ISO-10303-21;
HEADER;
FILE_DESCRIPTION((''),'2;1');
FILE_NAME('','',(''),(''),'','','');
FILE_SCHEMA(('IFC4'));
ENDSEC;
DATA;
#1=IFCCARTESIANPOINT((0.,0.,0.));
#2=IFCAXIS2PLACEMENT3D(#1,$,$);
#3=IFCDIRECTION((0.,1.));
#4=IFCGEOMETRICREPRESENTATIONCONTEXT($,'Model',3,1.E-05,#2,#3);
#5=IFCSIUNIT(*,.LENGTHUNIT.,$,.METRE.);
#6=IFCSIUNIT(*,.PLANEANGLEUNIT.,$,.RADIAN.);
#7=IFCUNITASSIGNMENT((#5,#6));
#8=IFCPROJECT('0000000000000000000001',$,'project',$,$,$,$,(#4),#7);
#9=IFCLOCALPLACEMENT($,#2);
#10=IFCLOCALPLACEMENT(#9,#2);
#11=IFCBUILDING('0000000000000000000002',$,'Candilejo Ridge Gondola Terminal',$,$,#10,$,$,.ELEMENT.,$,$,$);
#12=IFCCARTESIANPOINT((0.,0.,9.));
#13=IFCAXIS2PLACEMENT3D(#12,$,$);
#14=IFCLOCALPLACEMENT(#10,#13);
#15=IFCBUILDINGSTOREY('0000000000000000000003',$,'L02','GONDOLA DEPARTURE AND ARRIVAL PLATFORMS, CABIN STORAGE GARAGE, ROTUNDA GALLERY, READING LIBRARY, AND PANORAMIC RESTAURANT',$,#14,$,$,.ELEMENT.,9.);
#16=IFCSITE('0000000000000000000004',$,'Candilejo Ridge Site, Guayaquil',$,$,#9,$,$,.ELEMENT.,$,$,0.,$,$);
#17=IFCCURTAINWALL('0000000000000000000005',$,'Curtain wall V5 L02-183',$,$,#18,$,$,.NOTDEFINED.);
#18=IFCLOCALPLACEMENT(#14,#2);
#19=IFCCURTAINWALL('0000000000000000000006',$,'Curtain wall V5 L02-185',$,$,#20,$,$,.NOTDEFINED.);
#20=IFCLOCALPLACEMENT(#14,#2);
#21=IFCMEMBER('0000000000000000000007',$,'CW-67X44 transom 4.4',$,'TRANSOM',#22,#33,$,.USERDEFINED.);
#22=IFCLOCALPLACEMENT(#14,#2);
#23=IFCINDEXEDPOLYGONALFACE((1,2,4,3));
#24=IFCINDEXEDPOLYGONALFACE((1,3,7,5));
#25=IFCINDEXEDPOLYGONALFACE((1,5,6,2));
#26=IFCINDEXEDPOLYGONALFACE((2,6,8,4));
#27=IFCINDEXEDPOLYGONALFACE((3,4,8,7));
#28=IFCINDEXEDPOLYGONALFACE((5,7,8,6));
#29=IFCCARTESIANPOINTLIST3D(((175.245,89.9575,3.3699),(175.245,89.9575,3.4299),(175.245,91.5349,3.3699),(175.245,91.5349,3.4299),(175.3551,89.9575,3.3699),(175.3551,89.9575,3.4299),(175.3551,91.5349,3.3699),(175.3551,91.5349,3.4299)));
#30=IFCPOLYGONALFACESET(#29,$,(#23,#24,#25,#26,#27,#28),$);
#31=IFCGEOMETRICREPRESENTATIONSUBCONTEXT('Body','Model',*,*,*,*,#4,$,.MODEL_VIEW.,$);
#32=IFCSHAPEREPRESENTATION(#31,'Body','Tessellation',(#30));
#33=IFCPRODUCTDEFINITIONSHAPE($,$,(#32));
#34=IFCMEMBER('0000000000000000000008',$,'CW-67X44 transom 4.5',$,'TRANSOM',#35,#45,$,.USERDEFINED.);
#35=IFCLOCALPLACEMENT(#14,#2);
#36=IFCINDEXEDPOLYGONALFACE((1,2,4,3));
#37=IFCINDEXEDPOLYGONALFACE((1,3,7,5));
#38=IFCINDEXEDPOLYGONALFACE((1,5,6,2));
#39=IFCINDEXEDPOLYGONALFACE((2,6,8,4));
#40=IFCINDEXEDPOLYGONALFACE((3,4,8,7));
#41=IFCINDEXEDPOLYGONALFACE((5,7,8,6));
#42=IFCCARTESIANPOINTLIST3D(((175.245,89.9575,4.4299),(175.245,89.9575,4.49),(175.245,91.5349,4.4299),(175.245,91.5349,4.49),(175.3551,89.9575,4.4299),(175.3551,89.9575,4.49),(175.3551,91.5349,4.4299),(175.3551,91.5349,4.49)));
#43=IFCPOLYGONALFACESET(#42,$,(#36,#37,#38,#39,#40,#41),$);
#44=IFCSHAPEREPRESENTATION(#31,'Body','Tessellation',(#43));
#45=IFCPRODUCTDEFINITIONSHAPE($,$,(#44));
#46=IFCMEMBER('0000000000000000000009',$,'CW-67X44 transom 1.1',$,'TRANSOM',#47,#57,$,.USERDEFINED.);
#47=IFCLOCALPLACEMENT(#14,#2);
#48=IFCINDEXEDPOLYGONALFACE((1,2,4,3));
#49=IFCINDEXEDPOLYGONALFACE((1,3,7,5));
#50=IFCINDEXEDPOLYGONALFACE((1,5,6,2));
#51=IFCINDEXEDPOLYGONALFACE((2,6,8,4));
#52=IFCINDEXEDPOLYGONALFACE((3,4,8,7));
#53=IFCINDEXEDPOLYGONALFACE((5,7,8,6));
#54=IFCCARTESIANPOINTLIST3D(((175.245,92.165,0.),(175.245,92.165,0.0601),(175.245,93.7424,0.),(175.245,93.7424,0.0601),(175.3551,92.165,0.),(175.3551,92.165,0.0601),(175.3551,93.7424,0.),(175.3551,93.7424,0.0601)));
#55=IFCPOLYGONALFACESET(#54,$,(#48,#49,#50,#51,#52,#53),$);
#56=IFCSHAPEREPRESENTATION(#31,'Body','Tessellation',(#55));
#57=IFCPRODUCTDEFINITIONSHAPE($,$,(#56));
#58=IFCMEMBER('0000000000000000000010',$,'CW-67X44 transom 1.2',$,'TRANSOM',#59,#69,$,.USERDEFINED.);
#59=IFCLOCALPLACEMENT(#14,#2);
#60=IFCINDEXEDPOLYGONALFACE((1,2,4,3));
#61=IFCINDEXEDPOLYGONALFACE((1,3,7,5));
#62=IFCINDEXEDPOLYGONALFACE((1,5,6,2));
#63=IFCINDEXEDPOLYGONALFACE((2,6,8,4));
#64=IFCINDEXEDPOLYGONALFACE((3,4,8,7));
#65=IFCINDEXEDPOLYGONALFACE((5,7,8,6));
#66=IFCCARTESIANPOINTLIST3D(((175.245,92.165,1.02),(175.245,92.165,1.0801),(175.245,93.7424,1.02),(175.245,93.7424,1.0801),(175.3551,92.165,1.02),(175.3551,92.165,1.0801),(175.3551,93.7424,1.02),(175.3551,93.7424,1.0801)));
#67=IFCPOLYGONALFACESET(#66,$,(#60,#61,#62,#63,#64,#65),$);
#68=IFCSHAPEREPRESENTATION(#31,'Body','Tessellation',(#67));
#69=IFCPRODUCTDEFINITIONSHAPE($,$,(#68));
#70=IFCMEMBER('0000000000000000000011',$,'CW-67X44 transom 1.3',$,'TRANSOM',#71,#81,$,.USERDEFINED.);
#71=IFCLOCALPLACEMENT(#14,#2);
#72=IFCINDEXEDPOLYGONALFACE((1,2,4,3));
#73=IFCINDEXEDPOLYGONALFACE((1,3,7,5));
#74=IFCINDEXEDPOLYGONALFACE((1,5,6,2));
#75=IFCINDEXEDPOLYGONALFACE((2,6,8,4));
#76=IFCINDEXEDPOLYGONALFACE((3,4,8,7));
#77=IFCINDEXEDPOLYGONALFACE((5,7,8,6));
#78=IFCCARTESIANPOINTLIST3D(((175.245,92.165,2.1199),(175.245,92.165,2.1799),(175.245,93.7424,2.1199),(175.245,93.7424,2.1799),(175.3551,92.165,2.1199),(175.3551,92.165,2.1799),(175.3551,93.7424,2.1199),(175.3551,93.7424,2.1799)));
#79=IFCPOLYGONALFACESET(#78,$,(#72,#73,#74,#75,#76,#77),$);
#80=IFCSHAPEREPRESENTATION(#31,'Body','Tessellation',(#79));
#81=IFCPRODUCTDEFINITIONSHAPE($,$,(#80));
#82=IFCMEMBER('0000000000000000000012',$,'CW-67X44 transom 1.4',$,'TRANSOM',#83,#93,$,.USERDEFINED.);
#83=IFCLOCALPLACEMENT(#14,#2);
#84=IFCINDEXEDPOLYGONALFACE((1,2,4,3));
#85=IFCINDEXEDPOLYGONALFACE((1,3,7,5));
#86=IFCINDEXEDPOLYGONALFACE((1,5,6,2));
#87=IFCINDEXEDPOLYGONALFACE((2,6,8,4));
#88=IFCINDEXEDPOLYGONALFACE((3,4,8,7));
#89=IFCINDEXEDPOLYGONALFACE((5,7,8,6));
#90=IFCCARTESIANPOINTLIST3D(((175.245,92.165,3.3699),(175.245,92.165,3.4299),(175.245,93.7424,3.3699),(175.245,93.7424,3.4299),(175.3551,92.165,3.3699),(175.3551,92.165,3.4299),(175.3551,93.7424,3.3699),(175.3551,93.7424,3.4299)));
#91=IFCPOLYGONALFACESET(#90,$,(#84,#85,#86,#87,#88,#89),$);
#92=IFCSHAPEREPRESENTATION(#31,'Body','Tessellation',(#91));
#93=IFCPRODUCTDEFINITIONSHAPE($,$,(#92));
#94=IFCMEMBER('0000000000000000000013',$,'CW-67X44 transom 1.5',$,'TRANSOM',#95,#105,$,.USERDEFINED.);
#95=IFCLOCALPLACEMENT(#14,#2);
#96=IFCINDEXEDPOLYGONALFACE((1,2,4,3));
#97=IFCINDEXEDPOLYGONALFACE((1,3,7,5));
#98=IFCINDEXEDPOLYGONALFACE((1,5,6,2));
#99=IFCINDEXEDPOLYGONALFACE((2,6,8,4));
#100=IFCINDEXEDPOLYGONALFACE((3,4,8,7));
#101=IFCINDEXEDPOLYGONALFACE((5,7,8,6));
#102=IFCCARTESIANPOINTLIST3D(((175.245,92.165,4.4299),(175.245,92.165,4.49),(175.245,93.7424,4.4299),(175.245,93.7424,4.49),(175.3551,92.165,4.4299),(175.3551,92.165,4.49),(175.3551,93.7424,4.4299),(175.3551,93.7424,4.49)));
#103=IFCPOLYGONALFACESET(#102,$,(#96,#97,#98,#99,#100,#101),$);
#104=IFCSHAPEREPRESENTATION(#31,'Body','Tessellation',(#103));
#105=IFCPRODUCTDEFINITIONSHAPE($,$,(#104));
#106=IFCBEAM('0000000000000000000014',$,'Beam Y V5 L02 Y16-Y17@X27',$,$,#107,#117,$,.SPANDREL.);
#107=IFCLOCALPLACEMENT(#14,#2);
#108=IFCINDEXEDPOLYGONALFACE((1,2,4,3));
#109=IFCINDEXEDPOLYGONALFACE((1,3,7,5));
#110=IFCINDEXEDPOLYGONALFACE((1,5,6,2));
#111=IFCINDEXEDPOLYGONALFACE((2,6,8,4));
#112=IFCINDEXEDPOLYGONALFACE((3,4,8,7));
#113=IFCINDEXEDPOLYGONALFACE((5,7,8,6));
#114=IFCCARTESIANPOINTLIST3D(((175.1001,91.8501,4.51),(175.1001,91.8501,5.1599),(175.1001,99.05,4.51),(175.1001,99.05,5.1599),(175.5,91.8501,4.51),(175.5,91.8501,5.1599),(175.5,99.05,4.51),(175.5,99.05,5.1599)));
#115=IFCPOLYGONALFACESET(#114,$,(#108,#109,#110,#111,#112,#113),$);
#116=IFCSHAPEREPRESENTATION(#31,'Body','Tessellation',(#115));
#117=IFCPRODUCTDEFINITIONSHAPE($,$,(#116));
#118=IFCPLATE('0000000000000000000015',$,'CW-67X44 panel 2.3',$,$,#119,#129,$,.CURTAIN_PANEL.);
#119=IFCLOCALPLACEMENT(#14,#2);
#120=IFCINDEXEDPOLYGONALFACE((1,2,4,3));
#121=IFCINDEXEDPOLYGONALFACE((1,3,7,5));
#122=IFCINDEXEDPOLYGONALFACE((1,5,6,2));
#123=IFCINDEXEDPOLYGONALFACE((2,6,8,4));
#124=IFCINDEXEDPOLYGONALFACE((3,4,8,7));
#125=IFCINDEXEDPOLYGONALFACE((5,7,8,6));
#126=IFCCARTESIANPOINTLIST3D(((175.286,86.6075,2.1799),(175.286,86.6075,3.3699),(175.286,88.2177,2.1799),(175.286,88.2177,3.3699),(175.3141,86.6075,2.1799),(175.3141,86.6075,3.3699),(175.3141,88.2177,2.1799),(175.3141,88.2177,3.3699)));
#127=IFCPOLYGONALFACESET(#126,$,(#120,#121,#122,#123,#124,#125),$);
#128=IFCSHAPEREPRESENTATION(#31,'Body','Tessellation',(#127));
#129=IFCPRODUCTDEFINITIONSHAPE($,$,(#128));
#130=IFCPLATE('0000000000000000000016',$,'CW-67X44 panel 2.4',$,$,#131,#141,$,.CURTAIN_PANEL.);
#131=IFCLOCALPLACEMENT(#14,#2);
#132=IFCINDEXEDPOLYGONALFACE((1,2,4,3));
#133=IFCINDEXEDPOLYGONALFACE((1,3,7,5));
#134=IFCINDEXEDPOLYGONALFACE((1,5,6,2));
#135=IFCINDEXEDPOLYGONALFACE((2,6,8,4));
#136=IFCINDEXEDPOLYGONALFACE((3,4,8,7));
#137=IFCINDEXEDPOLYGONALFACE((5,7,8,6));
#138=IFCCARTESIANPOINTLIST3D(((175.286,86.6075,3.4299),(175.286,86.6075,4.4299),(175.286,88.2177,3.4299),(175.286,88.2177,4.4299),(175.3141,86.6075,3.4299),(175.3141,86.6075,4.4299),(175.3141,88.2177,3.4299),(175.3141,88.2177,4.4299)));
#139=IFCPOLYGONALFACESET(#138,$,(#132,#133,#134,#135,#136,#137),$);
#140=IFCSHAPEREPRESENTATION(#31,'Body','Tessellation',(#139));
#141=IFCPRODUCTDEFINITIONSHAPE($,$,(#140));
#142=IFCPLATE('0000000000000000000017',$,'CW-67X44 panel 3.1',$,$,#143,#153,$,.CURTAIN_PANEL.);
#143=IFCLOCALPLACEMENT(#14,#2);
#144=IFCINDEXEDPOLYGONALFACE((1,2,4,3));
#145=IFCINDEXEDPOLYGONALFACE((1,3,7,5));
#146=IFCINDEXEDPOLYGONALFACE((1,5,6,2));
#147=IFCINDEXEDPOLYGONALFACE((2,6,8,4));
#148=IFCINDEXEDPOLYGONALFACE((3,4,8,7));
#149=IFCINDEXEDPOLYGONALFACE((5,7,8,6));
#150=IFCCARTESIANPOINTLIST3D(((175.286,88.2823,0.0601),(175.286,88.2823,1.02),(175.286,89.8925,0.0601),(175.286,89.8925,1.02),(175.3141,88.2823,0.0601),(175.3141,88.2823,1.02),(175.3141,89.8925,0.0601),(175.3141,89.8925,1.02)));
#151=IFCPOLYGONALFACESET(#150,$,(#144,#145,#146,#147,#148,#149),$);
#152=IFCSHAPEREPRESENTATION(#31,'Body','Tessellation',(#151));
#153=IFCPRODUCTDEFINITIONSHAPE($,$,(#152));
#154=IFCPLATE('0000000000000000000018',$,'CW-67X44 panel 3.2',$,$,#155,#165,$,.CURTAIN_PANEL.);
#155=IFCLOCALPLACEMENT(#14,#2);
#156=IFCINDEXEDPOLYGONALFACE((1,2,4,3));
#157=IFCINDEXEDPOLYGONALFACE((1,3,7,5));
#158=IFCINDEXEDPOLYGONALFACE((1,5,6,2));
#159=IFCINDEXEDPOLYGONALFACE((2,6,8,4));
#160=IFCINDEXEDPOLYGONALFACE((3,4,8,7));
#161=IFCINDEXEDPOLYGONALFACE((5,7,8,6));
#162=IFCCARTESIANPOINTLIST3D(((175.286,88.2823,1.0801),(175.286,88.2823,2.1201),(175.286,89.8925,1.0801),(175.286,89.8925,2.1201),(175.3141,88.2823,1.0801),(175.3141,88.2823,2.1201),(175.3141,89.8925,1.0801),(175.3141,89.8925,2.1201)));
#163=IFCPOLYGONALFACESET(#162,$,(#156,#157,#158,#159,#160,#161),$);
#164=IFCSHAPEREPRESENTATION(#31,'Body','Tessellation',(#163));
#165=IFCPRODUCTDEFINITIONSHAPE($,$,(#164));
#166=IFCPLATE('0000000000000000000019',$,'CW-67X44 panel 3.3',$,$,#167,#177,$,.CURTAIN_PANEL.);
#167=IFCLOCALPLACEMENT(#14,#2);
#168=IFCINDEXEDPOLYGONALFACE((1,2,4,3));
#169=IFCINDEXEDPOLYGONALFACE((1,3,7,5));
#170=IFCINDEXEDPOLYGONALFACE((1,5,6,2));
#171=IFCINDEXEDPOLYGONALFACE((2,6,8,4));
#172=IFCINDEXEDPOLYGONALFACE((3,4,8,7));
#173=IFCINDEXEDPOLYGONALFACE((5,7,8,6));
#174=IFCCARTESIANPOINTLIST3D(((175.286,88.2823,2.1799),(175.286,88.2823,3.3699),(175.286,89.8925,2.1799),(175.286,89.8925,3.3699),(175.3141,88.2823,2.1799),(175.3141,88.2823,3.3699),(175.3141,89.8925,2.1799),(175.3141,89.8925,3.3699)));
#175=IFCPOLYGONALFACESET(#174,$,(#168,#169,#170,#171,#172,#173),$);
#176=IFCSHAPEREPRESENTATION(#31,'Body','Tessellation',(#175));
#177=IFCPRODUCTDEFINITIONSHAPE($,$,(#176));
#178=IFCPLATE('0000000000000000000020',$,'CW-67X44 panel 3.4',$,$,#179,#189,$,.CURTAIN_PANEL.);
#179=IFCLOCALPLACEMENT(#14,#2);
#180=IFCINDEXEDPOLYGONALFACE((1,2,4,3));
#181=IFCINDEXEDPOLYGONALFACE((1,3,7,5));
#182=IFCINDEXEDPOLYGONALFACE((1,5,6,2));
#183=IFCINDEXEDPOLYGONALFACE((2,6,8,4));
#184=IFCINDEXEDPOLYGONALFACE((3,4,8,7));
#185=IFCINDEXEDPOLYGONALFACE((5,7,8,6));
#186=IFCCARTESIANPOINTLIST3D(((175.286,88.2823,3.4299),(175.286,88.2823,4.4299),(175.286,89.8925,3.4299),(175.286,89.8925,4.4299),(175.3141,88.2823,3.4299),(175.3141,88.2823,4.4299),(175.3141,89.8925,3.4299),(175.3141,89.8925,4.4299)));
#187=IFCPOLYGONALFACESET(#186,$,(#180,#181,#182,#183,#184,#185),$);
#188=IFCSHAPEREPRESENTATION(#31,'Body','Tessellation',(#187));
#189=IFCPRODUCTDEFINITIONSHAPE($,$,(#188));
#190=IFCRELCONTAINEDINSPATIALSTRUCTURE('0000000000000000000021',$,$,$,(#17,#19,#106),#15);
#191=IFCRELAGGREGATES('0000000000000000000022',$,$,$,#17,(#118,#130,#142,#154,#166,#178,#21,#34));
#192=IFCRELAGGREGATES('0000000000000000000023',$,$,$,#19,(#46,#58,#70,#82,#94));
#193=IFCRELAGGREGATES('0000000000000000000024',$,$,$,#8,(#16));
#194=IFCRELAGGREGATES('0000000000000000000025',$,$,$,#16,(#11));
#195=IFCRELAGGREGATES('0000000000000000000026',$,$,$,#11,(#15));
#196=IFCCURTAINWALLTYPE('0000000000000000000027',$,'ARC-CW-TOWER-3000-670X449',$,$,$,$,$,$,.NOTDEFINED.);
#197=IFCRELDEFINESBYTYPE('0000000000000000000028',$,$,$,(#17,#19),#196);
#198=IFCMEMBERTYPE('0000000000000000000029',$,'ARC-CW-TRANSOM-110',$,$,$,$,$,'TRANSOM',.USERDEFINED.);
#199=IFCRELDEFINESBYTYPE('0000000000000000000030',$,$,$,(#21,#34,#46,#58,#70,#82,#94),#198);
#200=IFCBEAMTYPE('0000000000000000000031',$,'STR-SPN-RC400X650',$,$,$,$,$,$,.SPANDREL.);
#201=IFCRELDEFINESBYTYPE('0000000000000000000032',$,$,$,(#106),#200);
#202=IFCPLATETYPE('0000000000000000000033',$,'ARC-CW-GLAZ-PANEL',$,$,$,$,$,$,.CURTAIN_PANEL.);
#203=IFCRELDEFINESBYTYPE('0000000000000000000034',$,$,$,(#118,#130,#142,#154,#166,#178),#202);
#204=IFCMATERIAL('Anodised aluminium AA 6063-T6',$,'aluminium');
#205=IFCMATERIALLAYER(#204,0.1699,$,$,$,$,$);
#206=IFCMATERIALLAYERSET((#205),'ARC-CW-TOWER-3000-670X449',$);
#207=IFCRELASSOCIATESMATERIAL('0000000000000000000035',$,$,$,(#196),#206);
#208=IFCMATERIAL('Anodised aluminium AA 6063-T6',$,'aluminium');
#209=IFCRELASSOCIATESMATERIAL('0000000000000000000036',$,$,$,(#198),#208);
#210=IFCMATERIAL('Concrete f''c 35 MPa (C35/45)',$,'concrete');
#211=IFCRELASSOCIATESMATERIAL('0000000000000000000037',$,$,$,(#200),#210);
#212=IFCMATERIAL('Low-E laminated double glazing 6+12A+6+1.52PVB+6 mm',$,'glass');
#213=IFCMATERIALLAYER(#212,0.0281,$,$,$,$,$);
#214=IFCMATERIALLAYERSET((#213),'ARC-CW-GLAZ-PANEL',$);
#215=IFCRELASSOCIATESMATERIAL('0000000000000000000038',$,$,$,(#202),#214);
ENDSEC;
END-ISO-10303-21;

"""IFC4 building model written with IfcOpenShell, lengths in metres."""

from ifc_helpers import new_model, si_unit, direction, frame, origin, origin_2d, place, context, subcontext, project, spatial, rectangle, extrude, material, layer, layer_set, material_profile, profile_set, type_object, element, aggregate, save


model = new_model("IFC4")

# Units and contexts
model_context = context("Model", 3, precision=1e-05, world=origin(), true_north=direction((0.0, 1.0)))
body_context = subcontext(model_context, "Body", "Model", "MODEL_VIEW")
ifc_project = project(units=[si_unit("LENGTHUNIT", "METRE"), si_unit("PLANEANGLEUNIT", "RADIAN")], contexts=[model_context])

# Site, building, storey
site_placement = place(None, origin())
site = spatial("IfcSite", under=ifc_project, at=site_placement, Name="Candilejo Ridge Site, Guayaquil", CompositionType="ELEMENT", RefElevation=0.0)
building_placement = place(site_placement, origin())
building = spatial("IfcBuilding", under=site, at=building_placement, Name="Candilejo Ridge Gondola Terminal", CompositionType="ELEMENT")
storey_placement = place(building_placement, frame((0.0, 0.0, 9.0)))
storey = spatial("IfcBuildingStorey", under=building, at=storey_placement, Name="L02", Description="GONDOLA DEPARTURE AND ARRIVAL PLATFORMS, CABIN STORAGE GARAGE, ROTUNDA GALLERY, READING LIBRARY, AND PANORAMIC RESTAURANT", CompositionType="ELEMENT", Elevation=9.0)

# Curtain walls
ifc_material_1 = material(Name="Anodised aluminium AA 6063-T6", Category="aluminium")
ifc_layer_1 = layer(ifc_material_1, 0.1699)
ifc_layer_set_1 = layer_set([ifc_layer_1], Name="ARC-CW-TOWER-3000-670X449")
curtain_wall_type = type_object("IfcCurtainWallType", Name="ARC-CW-TOWER-3000-670X449", PredefinedType="NOTDEFINED", material=ifc_layer_set_1)
curtain_wall_1_placement = place(storey_placement, origin())
curtain_wall_1 = element("IfcCurtainWall", 1, at=curtain_wall_1_placement, inside=storey, type_object=curtain_wall_type, Name="Curtain wall V5 L02-183", PredefinedType="NOTDEFINED")
curtain_wall_2_placement = place(storey_placement, origin())
curtain_wall_2 = element("IfcCurtainWall", 2, at=curtain_wall_2_placement, inside=storey, type_object=curtain_wall_type, Name="Curtain wall V5 L02-185", PredefinedType="NOTDEFINED")

# Members
ifc_material_2 = material(Name="Anodised aluminium AA 6063-T6", Category="aluminium")
ifc_material_profile_1 = material_profile(ifc_material_2, rectangle(XDim=0.1101, YDim=0.0601, at=origin_2d()))
ifc_profile_set_1 = profile_set([ifc_material_profile_1], Name="Anodised aluminium AA 6063-T6")
member_type_1 = type_object("IfcMemberType", Name="ARC-CW-TRANSOM-110", ElementType="TRANSOM", PredefinedType="USERDEFINED", material=ifc_profile_set_1)
member_1_placement = place(storey_placement, frame((175.3, 89.9575, 3.3999), z_axis=(0.0, 1.0, 0.0), x_axis=(-1.0, 0.0, 0.0)))
member_1 = element("IfcMember", 3, at=member_1_placement, type_object=member_type_1, Name="CW-67X44 transom 4.4", ObjectType="TRANSOM", PredefinedType="USERDEFINED", context=body_context, shape_type="SweptSolid", body=[
    extrude(rectangle(XDim=0.1101, YDim=0.0601, at=origin_2d()), origin(), (0.0, 0.0, 1.0), 1.5774),
])
member_2_placement = place(storey_placement, frame((175.3, 89.9575, 4.46), z_axis=(0.0, 1.0, 0.0), x_axis=(-1.0, 0.0, 0.0)))
member_2 = element("IfcMember", 4, at=member_2_placement, type_object=member_type_1, Name="CW-67X44 transom 4.5", ObjectType="TRANSOM", PredefinedType="USERDEFINED", context=body_context, shape_type="SweptSolid", body=[
    extrude(rectangle(XDim=0.1101, YDim=0.0601, at=origin_2d()), origin(), (0.0, 0.0, 1.0), 1.5774),
])
member_3_placement = place(storey_placement, frame((175.3, 92.165, 0.03), z_axis=(0.0, 1.0, 0.0), x_axis=(-1.0, 0.0, 0.0)))
member_3 = element("IfcMember", 5, at=member_3_placement, type_object=member_type_1, Name="CW-67X44 transom 1.1", ObjectType="TRANSOM", PredefinedType="USERDEFINED", context=body_context, shape_type="SweptSolid", body=[
    extrude(rectangle(XDim=0.1101, YDim=0.0601, at=origin_2d()), origin(), (0.0, 0.0, 1.0), 1.5774),
])
member_4_placement = place(storey_placement, frame((175.3, 92.165, 1.05), z_axis=(0.0, 1.0, 0.0), x_axis=(-1.0, 0.0, 0.0)))
member_4 = element("IfcMember", 6, at=member_4_placement, type_object=member_type_1, Name="CW-67X44 transom 1.2", ObjectType="TRANSOM", PredefinedType="USERDEFINED", context=body_context, shape_type="SweptSolid", body=[
    extrude(rectangle(XDim=0.1101, YDim=0.0601, at=origin_2d()), origin(), (0.0, 0.0, 1.0), 1.5774),
])
member_5_placement = place(storey_placement, frame((175.3, 92.165, 2.1499), z_axis=(0.0, 1.0, 0.0), x_axis=(-1.0, 0.0, 0.0)))
member_5 = element("IfcMember", 7, at=member_5_placement, type_object=member_type_1, Name="CW-67X44 transom 1.3", ObjectType="TRANSOM", PredefinedType="USERDEFINED", context=body_context, shape_type="SweptSolid", body=[
    extrude(rectangle(XDim=0.1101, YDim=0.0601, at=origin_2d()), origin(), (0.0, 0.0, 1.0), 1.5774),
])
member_6_placement = place(storey_placement, frame((175.3, 92.165, 3.3999), z_axis=(0.0, 1.0, 0.0), x_axis=(-1.0, 0.0, 0.0)))
member_6 = element("IfcMember", 8, at=member_6_placement, type_object=member_type_1, Name="CW-67X44 transom 1.4", ObjectType="TRANSOM", PredefinedType="USERDEFINED", context=body_context, shape_type="SweptSolid", body=[
    extrude(rectangle(XDim=0.1101, YDim=0.0601, at=origin_2d()), origin(), (0.0, 0.0, 1.0), 1.5774),
])
member_7_placement = place(storey_placement, frame((175.3, 92.165, 4.46), z_axis=(0.0, 1.0, 0.0), x_axis=(-1.0, 0.0, 0.0)))
member_7 = element("IfcMember", 9, at=member_7_placement, type_object=member_type_1, Name="CW-67X44 transom 1.5", ObjectType="TRANSOM", PredefinedType="USERDEFINED", context=body_context, shape_type="SweptSolid", body=[
    extrude(rectangle(XDim=0.1101, YDim=0.0601, at=origin_2d()), origin(), (0.0, 0.0, 1.0), 1.5774),
])

# Beam
ifc_material_3 = material(Name="Concrete f'c 35 MPa (C35/45)", Category="concrete")
ifc_material_profile_2 = material_profile(ifc_material_3, rectangle(XDim=0.3999, YDim=0.6499, at=origin_2d()))
ifc_profile_set_2 = profile_set([ifc_material_profile_2], Name="Concrete f'c 35 MPa (C35/45)")
beam_type = type_object("IfcBeamType", Name="STR-SPN-RC400X650", PredefinedType="SPANDREL", material=ifc_profile_set_2)
beam_placement = place(storey_placement, frame((175.3, 91.8501, 4.835), z_axis=(0.0, 1.0, 0.0), x_axis=(-1.0, 0.0, 0.0)))
element("IfcBeam", 10, at=beam_placement, inside=storey, type_object=beam_type, Name="Beam Y V5 L02 Y16-Y17@X27", PredefinedType="SPANDREL", context=body_context, shape_type="SweptSolid", body=[
    extrude(rectangle(XDim=0.3999, YDim=0.6499, at=origin_2d()), origin(), (0.0, 0.0, 1.0), 7.2),
])

# Plates
ifc_material_4 = material(Name="Low-E laminated double glazing 6+12A+6+1.52PVB+6 mm", Category="glass")
ifc_layer_2 = layer(ifc_material_4, 0.0281)
ifc_layer_set_2 = layer_set([ifc_layer_2], Name="ARC-CW-GLAZ-PANEL")
plate_type = type_object("IfcPlateType", Name="ARC-CW-GLAZ-PANEL", PredefinedType="CURTAIN_PANEL", material=ifc_layer_set_2)
plate_1_placement = place(storey_placement, frame((175.3, 87.4126, 2.1799), z_axis=(0.0, 0.0, 1.0), x_axis=(0.0, 1.0, 0.0)))
plate_1 = element("IfcPlate", 11, at=plate_1_placement, type_object=plate_type, Name="CW-67X44 panel 2.3", PredefinedType="CURTAIN_PANEL", context=body_context, shape_type="SweptSolid", body=[
    extrude(rectangle(XDim=1.6101, YDim=0.0281, at=origin_2d()), origin(), (0.0, 0.0, 1.0), 1.1899),
])
plate_2_placement = place(storey_placement, frame((175.3, 87.4126, 3.4299), z_axis=(0.0, 0.0, 1.0), x_axis=(0.0, 1.0, 0.0)))
plate_2 = element("IfcPlate", 12, at=plate_2_placement, type_object=plate_type, Name="CW-67X44 panel 2.4", PredefinedType="CURTAIN_PANEL", context=body_context, shape_type="SweptSolid", body=[
    extrude(rectangle(XDim=1.6101, YDim=0.0281, at=origin_2d()), origin(), (0.0, 0.0, 1.0), 1.0),
])
plate_3_placement = place(storey_placement, frame((175.3, 89.0874, 0.0601), z_axis=(0.0, 0.0, 1.0), x_axis=(0.0, 1.0, 0.0)))
plate_3 = element("IfcPlate", 13, at=plate_3_placement, type_object=plate_type, Name="CW-67X44 panel 3.1", PredefinedType="CURTAIN_PANEL", context=body_context, shape_type="SweptSolid", body=[
    extrude(rectangle(XDim=1.6101, YDim=0.0281, at=origin_2d()), origin(), (0.0, 0.0, 1.0), 0.96),
])
plate_4_placement = place(storey_placement, frame((175.3, 89.0874, 1.0801), z_axis=(0.0, 0.0, 1.0), x_axis=(0.0, 1.0, 0.0)))
plate_4 = element("IfcPlate", 14, at=plate_4_placement, type_object=plate_type, Name="CW-67X44 panel 3.2", PredefinedType="CURTAIN_PANEL", context=body_context, shape_type="SweptSolid", body=[
    extrude(rectangle(XDim=1.6101, YDim=0.0281, at=origin_2d()), origin(), (0.0, 0.0, 1.0), 1.04),
])
plate_5_placement = place(storey_placement, frame((175.3, 89.0874, 2.1799), z_axis=(0.0, 0.0, 1.0), x_axis=(0.0, 1.0, 0.0)))
plate_5 = element("IfcPlate", 15, at=plate_5_placement, type_object=plate_type, Name="CW-67X44 panel 3.3", PredefinedType="CURTAIN_PANEL", context=body_context, shape_type="SweptSolid", body=[
    extrude(rectangle(XDim=1.6101, YDim=0.0281, at=origin_2d()), origin(), (0.0, 0.0, 1.0), 1.1899),
])
plate_6_placement = place(storey_placement, frame((175.3, 89.0874, 3.4299), z_axis=(0.0, 0.0, 1.0), x_axis=(0.0, 1.0, 0.0)))
plate_6 = element("IfcPlate", 16, at=plate_6_placement, type_object=plate_type, Name="CW-67X44 panel 3.4", PredefinedType="CURTAIN_PANEL", context=body_context, shape_type="SweptSolid", body=[
    extrude(rectangle(XDim=1.6101, YDim=0.0281, at=origin_2d()), origin(), (0.0, 0.0, 1.0), 1.0),
])
aggregate(curtain_wall_1, [plate_1, plate_2, plate_3, plate_4, plate_5, plate_6, member_1, member_2])
aggregate(curtain_wall_2, [member_3, member_4, member_5, member_6, member_7])

save(model, "model.ifc")
